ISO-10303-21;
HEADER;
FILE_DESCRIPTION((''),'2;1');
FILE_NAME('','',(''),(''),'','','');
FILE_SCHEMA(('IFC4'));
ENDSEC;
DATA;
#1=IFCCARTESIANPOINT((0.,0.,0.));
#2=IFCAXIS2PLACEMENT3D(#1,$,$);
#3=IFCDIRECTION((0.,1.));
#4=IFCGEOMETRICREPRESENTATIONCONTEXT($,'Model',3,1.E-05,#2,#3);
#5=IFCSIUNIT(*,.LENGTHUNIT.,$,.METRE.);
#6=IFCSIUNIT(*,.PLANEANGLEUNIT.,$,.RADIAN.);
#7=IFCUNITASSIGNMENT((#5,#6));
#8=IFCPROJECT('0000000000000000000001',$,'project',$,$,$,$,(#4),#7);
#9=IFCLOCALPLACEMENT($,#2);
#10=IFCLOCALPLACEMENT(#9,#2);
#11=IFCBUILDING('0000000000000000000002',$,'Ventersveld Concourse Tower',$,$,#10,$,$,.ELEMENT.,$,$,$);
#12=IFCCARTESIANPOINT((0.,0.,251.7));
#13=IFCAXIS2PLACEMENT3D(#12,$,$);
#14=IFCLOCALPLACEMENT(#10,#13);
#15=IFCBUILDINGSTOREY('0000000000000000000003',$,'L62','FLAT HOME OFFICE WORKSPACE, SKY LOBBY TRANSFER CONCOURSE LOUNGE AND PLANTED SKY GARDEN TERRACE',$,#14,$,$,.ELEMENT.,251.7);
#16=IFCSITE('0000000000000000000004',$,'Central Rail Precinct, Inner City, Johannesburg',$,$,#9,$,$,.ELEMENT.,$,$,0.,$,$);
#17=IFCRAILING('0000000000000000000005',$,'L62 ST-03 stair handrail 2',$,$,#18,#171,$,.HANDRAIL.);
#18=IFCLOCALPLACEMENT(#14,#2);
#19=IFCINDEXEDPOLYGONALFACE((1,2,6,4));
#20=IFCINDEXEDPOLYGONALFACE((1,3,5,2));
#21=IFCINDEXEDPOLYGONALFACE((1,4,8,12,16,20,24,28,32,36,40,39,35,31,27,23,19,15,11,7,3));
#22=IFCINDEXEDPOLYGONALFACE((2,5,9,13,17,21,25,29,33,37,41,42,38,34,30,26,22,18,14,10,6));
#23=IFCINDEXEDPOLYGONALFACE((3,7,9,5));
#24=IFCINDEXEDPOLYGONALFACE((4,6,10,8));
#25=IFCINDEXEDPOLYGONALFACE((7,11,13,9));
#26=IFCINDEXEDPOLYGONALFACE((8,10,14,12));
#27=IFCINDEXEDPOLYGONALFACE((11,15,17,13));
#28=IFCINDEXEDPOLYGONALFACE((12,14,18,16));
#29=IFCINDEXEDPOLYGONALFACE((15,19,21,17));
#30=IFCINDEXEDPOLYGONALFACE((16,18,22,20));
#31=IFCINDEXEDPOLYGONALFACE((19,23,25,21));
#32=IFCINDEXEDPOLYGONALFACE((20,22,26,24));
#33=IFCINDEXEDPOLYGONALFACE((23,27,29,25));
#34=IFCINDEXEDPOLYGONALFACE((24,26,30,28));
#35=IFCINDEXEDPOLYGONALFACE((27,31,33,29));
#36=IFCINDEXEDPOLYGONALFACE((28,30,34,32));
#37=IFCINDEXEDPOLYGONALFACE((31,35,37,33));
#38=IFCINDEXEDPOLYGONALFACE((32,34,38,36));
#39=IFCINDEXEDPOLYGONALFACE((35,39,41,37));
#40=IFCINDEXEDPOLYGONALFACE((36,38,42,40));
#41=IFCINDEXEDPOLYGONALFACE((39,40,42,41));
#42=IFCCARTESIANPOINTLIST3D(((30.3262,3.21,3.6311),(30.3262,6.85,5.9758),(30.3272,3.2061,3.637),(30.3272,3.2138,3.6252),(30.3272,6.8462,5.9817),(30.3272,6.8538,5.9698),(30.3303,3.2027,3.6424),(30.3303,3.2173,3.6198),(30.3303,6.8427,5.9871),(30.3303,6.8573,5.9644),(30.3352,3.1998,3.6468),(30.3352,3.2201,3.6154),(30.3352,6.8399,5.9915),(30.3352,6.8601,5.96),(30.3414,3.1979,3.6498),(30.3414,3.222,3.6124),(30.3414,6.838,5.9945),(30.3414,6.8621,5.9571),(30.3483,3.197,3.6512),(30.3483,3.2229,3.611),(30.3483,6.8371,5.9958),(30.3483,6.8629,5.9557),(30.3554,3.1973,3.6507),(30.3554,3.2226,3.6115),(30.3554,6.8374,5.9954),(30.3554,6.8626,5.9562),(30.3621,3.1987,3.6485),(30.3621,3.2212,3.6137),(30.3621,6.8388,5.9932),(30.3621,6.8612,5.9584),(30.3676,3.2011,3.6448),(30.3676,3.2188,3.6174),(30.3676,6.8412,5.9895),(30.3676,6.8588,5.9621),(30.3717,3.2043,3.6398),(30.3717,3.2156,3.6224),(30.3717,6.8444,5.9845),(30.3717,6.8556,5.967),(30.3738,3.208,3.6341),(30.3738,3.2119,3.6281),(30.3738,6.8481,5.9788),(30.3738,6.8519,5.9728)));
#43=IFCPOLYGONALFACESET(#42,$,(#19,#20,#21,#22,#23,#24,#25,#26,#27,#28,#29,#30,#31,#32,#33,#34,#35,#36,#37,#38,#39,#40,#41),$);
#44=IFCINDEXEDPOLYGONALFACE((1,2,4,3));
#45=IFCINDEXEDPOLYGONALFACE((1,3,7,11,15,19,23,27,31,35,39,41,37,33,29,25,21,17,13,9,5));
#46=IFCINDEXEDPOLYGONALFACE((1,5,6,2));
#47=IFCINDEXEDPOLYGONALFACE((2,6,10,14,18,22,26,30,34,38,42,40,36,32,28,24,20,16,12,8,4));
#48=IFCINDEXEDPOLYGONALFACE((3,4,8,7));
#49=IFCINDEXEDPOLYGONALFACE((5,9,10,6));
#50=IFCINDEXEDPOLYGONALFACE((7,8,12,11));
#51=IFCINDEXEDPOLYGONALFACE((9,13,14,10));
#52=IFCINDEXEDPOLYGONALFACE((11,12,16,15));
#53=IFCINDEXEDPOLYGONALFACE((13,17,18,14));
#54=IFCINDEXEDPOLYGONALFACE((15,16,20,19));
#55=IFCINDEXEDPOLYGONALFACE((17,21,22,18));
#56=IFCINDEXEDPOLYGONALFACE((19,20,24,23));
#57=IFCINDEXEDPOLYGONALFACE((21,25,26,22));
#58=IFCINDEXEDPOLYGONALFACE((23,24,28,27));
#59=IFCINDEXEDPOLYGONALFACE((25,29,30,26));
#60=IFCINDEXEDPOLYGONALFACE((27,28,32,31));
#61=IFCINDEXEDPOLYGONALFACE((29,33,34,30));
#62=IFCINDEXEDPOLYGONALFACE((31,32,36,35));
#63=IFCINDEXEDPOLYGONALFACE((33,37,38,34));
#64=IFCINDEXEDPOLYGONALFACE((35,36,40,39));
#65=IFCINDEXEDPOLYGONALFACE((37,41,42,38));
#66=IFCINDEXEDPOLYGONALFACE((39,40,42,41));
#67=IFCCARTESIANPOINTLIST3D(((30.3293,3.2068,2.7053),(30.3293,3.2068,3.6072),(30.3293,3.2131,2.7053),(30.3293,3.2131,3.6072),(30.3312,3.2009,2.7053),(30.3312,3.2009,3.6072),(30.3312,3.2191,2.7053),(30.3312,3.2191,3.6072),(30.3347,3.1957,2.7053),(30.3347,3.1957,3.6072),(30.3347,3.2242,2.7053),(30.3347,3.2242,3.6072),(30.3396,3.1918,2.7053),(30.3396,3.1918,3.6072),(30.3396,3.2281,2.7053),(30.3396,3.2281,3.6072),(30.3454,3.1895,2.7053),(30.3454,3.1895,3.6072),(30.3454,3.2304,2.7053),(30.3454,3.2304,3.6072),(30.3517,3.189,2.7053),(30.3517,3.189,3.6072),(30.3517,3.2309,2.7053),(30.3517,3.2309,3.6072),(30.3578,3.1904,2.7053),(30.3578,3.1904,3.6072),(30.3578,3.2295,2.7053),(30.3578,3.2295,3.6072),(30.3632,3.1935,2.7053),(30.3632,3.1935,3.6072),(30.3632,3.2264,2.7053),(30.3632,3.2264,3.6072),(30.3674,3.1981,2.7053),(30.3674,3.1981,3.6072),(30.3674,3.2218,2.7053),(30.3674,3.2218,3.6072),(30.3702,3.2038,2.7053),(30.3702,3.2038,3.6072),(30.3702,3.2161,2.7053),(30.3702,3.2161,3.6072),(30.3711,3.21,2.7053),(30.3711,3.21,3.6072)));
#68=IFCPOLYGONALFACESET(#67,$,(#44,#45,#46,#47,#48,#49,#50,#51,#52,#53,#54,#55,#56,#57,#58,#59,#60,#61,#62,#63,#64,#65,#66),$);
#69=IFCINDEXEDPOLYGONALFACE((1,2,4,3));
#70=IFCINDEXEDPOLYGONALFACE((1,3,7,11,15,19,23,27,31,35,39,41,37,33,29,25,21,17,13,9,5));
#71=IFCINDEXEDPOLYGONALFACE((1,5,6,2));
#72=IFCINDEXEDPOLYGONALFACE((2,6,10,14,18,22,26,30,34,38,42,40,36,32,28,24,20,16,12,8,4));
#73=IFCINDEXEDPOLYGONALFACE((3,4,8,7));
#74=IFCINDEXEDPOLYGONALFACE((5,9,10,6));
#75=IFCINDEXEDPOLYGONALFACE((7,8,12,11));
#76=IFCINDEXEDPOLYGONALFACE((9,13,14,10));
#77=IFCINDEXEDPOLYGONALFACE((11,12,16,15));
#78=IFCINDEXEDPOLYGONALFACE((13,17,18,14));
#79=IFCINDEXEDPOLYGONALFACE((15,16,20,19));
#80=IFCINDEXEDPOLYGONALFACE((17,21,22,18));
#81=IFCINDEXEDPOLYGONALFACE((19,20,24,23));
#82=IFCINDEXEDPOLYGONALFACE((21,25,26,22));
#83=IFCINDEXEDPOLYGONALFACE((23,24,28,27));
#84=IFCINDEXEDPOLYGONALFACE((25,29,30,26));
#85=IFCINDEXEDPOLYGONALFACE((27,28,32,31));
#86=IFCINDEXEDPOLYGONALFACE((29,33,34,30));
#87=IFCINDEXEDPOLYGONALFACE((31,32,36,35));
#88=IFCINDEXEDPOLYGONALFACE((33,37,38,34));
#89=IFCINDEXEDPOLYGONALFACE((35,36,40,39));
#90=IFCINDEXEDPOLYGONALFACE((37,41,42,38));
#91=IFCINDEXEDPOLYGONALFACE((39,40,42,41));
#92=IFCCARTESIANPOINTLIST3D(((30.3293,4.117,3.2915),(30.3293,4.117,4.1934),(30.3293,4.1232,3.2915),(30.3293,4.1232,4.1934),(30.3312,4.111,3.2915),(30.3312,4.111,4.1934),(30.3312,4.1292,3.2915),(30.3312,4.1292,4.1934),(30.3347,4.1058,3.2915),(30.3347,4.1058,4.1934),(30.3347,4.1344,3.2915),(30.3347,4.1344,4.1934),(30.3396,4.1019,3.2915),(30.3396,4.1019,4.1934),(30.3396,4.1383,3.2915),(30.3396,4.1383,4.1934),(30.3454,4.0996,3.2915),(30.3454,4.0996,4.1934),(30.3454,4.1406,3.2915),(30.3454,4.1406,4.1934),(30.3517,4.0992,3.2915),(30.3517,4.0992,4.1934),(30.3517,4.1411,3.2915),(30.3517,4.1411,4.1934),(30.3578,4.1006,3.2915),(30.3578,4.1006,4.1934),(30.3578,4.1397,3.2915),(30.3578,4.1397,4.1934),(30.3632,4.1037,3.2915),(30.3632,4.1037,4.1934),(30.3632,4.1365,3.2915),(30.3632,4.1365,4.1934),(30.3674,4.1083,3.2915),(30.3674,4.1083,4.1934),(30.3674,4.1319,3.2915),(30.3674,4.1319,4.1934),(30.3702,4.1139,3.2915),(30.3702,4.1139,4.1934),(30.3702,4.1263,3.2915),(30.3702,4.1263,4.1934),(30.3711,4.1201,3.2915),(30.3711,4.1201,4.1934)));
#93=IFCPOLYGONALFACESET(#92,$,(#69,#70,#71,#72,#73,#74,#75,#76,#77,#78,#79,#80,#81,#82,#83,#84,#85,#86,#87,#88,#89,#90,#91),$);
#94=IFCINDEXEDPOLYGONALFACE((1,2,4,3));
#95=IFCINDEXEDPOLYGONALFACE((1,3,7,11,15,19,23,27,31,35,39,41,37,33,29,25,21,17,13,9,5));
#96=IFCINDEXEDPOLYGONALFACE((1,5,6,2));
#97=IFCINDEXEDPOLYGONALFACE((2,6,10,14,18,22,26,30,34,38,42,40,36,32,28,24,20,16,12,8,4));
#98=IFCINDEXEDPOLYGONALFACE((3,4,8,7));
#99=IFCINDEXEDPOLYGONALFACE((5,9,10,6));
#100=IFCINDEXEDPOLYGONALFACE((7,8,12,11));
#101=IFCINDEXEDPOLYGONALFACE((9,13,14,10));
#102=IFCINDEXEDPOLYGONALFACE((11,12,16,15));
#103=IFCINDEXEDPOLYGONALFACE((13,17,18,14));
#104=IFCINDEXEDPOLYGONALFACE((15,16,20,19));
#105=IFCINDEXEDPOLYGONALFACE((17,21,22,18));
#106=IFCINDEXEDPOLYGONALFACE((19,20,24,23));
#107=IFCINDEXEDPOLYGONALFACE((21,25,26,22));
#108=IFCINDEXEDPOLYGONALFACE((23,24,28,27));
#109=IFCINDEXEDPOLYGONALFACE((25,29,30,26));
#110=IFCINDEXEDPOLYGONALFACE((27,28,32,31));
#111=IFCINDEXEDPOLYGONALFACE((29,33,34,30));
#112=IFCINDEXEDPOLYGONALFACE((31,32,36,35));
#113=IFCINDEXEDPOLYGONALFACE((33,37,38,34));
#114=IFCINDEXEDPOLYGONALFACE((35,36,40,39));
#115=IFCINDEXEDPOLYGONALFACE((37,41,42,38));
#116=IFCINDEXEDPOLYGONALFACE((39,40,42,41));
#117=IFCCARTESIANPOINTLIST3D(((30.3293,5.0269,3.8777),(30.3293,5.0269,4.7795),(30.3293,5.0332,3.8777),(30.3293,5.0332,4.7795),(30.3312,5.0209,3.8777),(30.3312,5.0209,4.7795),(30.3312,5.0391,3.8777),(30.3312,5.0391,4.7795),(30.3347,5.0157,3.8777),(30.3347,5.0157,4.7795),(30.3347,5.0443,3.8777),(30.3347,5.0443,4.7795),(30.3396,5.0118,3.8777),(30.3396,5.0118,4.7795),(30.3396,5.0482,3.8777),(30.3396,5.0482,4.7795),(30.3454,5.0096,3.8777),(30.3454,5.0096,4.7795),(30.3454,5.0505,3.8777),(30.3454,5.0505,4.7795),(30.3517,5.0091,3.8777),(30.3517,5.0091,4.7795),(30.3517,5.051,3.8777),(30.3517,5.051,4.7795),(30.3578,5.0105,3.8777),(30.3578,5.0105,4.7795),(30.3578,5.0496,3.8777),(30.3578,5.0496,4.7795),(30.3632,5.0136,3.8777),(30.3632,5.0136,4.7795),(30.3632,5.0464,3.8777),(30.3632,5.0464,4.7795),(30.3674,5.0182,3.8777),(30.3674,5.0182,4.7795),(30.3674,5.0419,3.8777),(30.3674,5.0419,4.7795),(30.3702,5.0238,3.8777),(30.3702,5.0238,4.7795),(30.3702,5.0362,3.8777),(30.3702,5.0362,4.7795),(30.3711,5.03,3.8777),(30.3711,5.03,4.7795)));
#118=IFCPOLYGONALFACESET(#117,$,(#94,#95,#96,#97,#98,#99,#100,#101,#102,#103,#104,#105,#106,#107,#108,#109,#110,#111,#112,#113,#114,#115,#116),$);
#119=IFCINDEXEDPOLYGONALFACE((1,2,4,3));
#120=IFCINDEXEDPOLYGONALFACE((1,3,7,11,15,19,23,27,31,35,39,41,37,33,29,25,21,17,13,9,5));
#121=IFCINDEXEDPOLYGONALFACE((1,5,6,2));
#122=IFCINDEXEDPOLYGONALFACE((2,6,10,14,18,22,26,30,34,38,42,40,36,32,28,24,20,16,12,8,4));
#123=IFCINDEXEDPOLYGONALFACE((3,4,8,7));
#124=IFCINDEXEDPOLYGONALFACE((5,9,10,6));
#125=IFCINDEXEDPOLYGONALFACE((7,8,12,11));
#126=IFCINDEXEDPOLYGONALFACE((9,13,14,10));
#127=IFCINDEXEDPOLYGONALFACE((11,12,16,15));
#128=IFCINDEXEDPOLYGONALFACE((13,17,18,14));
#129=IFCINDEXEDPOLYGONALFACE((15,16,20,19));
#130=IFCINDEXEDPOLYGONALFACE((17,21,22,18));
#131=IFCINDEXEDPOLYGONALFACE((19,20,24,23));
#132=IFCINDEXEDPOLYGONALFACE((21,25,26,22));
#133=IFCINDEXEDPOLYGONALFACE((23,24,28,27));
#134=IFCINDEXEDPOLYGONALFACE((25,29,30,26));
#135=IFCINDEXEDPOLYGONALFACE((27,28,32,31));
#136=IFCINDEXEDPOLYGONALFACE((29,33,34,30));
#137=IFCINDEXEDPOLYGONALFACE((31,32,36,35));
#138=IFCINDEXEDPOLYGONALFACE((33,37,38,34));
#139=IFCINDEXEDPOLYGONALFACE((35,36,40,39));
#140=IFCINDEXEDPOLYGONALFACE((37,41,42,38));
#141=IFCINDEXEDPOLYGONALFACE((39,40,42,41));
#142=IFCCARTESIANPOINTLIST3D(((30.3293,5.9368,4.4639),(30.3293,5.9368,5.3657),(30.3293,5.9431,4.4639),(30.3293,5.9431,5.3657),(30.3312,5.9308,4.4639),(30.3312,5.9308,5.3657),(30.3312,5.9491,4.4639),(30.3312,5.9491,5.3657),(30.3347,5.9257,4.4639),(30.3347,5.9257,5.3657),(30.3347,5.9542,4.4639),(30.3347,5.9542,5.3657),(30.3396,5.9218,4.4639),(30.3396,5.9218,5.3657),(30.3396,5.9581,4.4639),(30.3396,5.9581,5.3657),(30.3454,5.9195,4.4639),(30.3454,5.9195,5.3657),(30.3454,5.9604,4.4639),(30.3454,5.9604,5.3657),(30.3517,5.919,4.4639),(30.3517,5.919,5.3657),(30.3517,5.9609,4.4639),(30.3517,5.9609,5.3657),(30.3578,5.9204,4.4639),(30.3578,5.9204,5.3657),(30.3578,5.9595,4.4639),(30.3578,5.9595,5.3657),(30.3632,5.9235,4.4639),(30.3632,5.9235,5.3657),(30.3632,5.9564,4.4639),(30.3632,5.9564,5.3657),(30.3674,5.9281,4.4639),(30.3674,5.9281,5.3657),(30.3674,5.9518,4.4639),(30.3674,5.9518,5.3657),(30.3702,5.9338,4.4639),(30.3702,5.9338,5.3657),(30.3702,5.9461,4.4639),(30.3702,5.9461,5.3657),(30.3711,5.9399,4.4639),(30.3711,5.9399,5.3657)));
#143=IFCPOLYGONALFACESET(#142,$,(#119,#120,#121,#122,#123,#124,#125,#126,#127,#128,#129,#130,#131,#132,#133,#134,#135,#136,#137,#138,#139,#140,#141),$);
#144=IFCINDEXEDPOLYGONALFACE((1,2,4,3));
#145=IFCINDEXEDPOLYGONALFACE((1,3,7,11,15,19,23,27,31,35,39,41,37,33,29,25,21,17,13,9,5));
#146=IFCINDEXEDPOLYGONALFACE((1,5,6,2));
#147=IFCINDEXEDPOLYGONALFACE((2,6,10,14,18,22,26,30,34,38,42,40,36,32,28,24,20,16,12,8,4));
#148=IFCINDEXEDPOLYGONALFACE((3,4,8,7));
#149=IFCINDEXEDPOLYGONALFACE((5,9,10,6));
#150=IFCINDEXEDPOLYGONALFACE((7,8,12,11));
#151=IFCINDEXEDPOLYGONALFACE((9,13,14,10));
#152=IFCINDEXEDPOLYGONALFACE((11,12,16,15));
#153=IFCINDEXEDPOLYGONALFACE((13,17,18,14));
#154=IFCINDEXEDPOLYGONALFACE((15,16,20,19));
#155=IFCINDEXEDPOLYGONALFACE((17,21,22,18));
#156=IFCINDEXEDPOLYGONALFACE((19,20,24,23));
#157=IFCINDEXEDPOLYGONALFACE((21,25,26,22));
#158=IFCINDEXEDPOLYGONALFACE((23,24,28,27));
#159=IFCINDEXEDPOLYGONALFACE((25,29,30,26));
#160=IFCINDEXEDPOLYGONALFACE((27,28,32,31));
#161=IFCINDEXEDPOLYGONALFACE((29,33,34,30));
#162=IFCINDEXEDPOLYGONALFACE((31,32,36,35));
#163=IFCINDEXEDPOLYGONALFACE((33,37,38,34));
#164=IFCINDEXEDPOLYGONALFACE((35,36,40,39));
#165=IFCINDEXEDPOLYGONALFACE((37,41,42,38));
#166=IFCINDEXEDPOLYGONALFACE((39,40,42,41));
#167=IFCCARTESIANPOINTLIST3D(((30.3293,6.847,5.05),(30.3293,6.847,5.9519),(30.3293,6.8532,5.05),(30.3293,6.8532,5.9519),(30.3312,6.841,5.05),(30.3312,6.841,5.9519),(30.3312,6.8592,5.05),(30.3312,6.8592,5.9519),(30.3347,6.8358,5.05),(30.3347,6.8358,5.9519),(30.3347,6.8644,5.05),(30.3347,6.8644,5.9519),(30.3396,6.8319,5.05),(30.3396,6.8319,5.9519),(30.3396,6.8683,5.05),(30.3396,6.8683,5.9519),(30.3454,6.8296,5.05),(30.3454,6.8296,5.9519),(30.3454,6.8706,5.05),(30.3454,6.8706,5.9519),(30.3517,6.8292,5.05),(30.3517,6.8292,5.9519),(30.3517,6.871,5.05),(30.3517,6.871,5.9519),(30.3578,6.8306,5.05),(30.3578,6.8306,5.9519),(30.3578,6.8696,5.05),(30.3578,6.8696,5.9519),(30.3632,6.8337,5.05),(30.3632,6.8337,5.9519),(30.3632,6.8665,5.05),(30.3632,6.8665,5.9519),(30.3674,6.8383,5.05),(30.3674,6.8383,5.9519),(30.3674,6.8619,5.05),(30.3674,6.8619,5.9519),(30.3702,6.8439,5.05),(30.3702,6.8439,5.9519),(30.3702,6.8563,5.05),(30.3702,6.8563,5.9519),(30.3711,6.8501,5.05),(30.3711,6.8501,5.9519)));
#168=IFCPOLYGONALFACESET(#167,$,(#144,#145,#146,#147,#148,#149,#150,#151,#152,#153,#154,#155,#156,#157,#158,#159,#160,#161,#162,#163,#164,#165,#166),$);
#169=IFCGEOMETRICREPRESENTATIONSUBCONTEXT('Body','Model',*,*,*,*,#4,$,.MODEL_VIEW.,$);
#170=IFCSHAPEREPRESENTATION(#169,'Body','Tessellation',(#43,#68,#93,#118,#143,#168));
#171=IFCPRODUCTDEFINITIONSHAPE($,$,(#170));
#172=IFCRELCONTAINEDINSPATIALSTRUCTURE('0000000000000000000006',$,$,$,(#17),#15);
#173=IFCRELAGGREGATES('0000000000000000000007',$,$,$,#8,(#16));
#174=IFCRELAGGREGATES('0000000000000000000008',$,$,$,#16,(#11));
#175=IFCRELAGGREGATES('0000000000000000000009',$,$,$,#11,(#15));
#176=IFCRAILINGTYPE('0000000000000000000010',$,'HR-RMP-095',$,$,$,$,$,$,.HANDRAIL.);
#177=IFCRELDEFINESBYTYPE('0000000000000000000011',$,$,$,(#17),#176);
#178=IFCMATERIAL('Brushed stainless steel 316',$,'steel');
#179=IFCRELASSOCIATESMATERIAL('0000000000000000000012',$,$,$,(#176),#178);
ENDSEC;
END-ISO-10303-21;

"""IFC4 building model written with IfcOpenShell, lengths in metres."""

from ifc_helpers import new_model, si_unit, direction, frame, origin, origin_2d, place, context, subcontext, project, spatial, circle, extrude, material, type_object, element, save


model = new_model("IFC4")

# Units and contexts
model_context = context("Model", 3, precision=1e-05, world=origin(), true_north=direction((0.0, 1.0)))
body_context = subcontext(model_context, "Body", "Model", "MODEL_VIEW")
ifc_project = project(units=[si_unit("LENGTHUNIT", "METRE"), si_unit("PLANEANGLEUNIT", "RADIAN")], contexts=[model_context])

# Site, building, storey
site_placement = place(None, origin())
site = spatial("IfcSite", under=ifc_project, at=site_placement, Name="Central Rail Precinct, Inner City, Johannesburg", CompositionType="ELEMENT", RefElevation=0.0)
building_placement = place(site_placement, origin())
building = spatial("IfcBuilding", under=site, at=building_placement, Name="Ventersveld Concourse Tower", CompositionType="ELEMENT")
storey_placement = place(building_placement, frame((0.0, 0.0, 251.7)))
storey = spatial("IfcBuildingStorey", under=building, at=storey_placement, Name="L62", Description="FLAT HOME OFFICE WORKSPACE, SKY LOBBY TRANSFER CONCOURSE LOUNGE AND PLANTED SKY GARDEN TERRACE", CompositionType="ELEMENT", Elevation=251.7)

# Railing
ifc_material_1 = material(Name="Brushed stainless steel 316", Category="steel")
railing_type_1 = type_object("IfcRailingType", Name="HR-RMP-095", PredefinedType="HANDRAIL", material=ifc_material_1)
railing_1_placement = place(storey_placement, frame((30.3501, 3.21, 2.7053)))
element("IfcRailing", 1, at=railing_1_placement, inside=storey, type_object=railing_type_1, Name="L62 ST-03 stair handrail 2", PredefinedType="HANDRAIL", context=body_context, shape_type="SweptSolid", body=[
    extrude(circle(Radius=0.0239, at=origin_2d()), frame((0.0, 0.0, 0.9258), z_axis=(0.0, 0.840691, 0.541515), x_axis=(-1.0, 0.0, 0.0)), (0.0, 0.0, 1.0), 4.3298),
    extrude(circle(Radius=0.021, at=origin_2d()), origin(), (0.0, 0.0, 1.0), 0.9019),
    extrude(circle(Radius=0.021, at=origin_2d()), frame((0.0, 0.9102, 0.5862)), (0.0, 0.0, 1.0), 0.9019),
    extrude(circle(Radius=0.021, at=origin_2d()), frame((0.0, 1.8201, 1.1724)), (0.0, 0.0, 1.0), 0.9019),
    extrude(circle(Radius=0.021, at=origin_2d()), frame((0.0, 2.73, 1.7585)), (0.0, 0.0, 1.0), 0.9019),
    extrude(circle(Radius=0.021, at=origin_2d()), frame((0.0, 3.6401, 2.3447)), (0.0, 0.0, 1.0), 0.9019),
])

save(model, "model.ifc")
